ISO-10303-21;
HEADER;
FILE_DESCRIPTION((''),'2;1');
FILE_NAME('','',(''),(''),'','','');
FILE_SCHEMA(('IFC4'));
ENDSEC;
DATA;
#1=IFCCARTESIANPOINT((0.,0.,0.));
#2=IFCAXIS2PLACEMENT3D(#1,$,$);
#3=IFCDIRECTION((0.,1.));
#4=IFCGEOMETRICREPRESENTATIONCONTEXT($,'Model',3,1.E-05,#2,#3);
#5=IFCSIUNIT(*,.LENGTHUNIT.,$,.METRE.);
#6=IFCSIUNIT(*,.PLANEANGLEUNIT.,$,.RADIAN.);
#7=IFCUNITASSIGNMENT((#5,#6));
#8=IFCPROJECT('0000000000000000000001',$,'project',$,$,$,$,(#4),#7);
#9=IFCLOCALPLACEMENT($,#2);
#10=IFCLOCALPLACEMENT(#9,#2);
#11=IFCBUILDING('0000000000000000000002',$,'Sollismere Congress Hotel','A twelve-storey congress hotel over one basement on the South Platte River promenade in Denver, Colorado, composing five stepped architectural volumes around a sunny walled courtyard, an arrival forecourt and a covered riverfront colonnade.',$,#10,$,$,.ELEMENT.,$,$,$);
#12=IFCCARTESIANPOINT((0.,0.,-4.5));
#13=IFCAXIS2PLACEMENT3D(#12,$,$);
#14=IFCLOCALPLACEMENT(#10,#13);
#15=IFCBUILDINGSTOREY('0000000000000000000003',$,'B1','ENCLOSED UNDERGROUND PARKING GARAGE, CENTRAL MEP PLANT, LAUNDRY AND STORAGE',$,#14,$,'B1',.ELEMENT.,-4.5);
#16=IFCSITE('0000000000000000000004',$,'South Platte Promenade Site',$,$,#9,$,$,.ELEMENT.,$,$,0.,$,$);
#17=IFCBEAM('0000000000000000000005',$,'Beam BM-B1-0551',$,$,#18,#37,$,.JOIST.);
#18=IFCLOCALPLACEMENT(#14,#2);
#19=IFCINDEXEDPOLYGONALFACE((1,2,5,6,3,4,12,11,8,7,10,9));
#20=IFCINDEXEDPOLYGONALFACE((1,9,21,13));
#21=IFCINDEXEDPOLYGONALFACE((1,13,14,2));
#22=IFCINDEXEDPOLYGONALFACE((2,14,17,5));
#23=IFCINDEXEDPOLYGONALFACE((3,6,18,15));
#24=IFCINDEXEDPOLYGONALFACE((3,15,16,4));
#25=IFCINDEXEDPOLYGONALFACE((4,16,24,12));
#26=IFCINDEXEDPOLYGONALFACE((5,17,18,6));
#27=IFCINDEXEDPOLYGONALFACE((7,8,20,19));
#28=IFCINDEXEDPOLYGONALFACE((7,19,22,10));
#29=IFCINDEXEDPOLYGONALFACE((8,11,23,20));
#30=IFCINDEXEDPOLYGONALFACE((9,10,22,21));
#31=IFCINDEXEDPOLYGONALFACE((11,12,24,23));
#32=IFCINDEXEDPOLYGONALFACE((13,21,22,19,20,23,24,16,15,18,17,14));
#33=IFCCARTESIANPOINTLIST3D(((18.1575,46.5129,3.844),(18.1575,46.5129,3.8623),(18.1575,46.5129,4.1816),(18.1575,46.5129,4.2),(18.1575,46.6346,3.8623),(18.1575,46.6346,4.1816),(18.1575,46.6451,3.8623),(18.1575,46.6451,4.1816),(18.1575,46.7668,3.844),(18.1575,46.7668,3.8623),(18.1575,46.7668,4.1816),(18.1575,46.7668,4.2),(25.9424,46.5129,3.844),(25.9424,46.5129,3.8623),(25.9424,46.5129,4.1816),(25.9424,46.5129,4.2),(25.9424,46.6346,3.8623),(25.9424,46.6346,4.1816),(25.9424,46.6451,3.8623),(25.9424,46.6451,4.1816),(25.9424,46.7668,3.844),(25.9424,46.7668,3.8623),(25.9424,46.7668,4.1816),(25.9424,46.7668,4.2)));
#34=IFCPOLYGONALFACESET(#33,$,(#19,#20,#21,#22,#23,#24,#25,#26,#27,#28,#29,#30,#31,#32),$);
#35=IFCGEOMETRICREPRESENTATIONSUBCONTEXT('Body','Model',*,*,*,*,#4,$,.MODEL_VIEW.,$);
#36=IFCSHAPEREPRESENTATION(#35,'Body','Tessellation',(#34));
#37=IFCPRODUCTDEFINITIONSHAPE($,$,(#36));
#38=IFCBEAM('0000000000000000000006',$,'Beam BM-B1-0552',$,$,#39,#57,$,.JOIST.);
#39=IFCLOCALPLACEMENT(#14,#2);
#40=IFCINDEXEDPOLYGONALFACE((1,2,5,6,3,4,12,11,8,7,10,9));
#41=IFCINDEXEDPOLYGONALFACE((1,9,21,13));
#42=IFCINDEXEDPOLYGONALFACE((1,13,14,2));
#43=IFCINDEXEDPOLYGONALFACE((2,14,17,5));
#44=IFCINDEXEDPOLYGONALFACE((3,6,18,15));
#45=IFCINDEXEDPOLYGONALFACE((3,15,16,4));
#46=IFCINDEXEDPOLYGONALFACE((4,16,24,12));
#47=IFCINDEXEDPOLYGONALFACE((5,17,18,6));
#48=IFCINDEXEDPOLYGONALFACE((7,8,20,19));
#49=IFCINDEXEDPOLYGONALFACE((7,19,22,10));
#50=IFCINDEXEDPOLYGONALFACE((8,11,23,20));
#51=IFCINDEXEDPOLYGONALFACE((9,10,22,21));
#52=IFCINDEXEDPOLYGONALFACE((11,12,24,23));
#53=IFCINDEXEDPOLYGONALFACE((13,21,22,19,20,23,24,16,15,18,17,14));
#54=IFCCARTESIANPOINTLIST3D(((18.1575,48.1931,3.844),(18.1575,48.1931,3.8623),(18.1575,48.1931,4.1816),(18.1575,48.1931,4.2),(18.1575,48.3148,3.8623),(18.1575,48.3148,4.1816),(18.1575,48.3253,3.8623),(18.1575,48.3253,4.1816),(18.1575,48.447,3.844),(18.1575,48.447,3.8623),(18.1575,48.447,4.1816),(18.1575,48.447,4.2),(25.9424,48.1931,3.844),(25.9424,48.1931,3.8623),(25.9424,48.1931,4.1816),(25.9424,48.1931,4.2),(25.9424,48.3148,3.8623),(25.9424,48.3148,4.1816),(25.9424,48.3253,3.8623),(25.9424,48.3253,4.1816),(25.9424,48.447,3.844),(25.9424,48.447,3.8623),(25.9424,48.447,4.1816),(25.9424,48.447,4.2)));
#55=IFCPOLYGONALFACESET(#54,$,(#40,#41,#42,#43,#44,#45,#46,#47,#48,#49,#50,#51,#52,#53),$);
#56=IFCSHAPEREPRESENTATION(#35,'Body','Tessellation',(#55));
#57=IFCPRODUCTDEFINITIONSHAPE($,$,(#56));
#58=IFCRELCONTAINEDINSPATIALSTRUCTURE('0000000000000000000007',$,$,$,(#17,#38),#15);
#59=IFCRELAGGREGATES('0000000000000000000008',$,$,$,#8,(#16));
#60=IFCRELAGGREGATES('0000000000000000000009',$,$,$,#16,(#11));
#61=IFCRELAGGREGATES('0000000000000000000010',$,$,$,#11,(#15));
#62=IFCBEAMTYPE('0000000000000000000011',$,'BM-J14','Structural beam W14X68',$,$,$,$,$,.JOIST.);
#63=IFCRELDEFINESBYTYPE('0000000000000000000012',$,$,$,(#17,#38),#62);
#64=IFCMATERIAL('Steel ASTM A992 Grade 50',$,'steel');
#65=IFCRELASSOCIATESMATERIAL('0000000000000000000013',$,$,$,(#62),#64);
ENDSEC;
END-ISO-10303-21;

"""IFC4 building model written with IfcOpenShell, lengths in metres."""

from ifc_helpers import new_model, si_unit, direction, frame, origin, origin_2d, place, context, subcontext, project, spatial, i_section, extrude, material, material_profile, profile_set, type_object, element, save


model = new_model("IFC4")

# Units and contexts
model_context = context("Model", 3, precision=1e-05, world=origin(), true_north=direction((0.0, 1.0)))
body_context = subcontext(model_context, "Body", "Model", "MODEL_VIEW")
ifc_project = project(units=[si_unit("LENGTHUNIT", "METRE"), si_unit("PLANEANGLEUNIT", "RADIAN")], contexts=[model_context])

# Site, building, storey
site_placement = place(None, origin())
site = spatial("IfcSite", under=ifc_project, at=site_placement, Name="South Platte Promenade Site", CompositionType="ELEMENT", RefElevation=0.0)
building_placement = place(site_placement, origin())
building = spatial("IfcBuilding", under=site, at=building_placement, Name="Sollismere Congress Hotel", Description="A twelve-storey congress hotel over one basement on the South Platte River promenade in Denver, Colorado, composing five stepped architectural volumes around a sunny walled courtyard, an arrival forecourt and a covered riverfront colonnade.", CompositionType="ELEMENT")
storey_placement = place(building_placement, frame((0.0, 0.0, -4.5)))
storey = spatial("IfcBuildingStorey", under=building, at=storey_placement, Name="B1", Description="ENCLOSED UNDERGROUND PARKING GARAGE, CENTRAL MEP PLANT, LAUNDRY AND STORAGE", LongName="B1", CompositionType="ELEMENT", Elevation=-4.5)

# Beams
ifc_material_1 = material(Name="Steel ASTM A992 Grade 50", Category="steel")
ifc_material_profile_1 = material_profile(ifc_material_1, i_section(OverallWidth=0.2539, OverallDepth=0.356, WebThickness=0.0105, FlangeThickness=0.0183, at=origin_2d()), Name="W14X68")
ifc_profile_set_1 = profile_set([ifc_material_profile_1], Name="Steel ASTM A992 Grade 50")
beam_type_1 = type_object("IfcBeamType", Name="BM-J14", Description="Structural beam W14X68", PredefinedType="JOIST", material=ifc_profile_set_1)
for number, where, z_axis, x_axis, name in (
    (1, (18.1575, 46.6399, 4.022), (1.0, 0.0, 0.0), (0.0, 1.0, 0.0), "Beam BM-B1-0551"),
    (2, (18.1575, 48.3201, 4.022), (1.0, 0.0, 0.0), (0.0, 1.0, 0.0), "Beam BM-B1-0552"),
):
    element("IfcBeam", number, at=place(storey_placement, frame(where, z_axis=z_axis, x_axis=x_axis)), inside=storey, type_object=beam_type_1, Name=name, PredefinedType="JOIST", context=body_context, shape_type="SweptSolid", body=[
        extrude(i_section(OverallWidth=0.2539, OverallDepth=0.356, WebThickness=0.0105, FlangeThickness=0.0183, at=origin_2d()), origin(), (0.0, 0.0, 1.0), 7.7849),
    ])

save(model, "model.ifc")
